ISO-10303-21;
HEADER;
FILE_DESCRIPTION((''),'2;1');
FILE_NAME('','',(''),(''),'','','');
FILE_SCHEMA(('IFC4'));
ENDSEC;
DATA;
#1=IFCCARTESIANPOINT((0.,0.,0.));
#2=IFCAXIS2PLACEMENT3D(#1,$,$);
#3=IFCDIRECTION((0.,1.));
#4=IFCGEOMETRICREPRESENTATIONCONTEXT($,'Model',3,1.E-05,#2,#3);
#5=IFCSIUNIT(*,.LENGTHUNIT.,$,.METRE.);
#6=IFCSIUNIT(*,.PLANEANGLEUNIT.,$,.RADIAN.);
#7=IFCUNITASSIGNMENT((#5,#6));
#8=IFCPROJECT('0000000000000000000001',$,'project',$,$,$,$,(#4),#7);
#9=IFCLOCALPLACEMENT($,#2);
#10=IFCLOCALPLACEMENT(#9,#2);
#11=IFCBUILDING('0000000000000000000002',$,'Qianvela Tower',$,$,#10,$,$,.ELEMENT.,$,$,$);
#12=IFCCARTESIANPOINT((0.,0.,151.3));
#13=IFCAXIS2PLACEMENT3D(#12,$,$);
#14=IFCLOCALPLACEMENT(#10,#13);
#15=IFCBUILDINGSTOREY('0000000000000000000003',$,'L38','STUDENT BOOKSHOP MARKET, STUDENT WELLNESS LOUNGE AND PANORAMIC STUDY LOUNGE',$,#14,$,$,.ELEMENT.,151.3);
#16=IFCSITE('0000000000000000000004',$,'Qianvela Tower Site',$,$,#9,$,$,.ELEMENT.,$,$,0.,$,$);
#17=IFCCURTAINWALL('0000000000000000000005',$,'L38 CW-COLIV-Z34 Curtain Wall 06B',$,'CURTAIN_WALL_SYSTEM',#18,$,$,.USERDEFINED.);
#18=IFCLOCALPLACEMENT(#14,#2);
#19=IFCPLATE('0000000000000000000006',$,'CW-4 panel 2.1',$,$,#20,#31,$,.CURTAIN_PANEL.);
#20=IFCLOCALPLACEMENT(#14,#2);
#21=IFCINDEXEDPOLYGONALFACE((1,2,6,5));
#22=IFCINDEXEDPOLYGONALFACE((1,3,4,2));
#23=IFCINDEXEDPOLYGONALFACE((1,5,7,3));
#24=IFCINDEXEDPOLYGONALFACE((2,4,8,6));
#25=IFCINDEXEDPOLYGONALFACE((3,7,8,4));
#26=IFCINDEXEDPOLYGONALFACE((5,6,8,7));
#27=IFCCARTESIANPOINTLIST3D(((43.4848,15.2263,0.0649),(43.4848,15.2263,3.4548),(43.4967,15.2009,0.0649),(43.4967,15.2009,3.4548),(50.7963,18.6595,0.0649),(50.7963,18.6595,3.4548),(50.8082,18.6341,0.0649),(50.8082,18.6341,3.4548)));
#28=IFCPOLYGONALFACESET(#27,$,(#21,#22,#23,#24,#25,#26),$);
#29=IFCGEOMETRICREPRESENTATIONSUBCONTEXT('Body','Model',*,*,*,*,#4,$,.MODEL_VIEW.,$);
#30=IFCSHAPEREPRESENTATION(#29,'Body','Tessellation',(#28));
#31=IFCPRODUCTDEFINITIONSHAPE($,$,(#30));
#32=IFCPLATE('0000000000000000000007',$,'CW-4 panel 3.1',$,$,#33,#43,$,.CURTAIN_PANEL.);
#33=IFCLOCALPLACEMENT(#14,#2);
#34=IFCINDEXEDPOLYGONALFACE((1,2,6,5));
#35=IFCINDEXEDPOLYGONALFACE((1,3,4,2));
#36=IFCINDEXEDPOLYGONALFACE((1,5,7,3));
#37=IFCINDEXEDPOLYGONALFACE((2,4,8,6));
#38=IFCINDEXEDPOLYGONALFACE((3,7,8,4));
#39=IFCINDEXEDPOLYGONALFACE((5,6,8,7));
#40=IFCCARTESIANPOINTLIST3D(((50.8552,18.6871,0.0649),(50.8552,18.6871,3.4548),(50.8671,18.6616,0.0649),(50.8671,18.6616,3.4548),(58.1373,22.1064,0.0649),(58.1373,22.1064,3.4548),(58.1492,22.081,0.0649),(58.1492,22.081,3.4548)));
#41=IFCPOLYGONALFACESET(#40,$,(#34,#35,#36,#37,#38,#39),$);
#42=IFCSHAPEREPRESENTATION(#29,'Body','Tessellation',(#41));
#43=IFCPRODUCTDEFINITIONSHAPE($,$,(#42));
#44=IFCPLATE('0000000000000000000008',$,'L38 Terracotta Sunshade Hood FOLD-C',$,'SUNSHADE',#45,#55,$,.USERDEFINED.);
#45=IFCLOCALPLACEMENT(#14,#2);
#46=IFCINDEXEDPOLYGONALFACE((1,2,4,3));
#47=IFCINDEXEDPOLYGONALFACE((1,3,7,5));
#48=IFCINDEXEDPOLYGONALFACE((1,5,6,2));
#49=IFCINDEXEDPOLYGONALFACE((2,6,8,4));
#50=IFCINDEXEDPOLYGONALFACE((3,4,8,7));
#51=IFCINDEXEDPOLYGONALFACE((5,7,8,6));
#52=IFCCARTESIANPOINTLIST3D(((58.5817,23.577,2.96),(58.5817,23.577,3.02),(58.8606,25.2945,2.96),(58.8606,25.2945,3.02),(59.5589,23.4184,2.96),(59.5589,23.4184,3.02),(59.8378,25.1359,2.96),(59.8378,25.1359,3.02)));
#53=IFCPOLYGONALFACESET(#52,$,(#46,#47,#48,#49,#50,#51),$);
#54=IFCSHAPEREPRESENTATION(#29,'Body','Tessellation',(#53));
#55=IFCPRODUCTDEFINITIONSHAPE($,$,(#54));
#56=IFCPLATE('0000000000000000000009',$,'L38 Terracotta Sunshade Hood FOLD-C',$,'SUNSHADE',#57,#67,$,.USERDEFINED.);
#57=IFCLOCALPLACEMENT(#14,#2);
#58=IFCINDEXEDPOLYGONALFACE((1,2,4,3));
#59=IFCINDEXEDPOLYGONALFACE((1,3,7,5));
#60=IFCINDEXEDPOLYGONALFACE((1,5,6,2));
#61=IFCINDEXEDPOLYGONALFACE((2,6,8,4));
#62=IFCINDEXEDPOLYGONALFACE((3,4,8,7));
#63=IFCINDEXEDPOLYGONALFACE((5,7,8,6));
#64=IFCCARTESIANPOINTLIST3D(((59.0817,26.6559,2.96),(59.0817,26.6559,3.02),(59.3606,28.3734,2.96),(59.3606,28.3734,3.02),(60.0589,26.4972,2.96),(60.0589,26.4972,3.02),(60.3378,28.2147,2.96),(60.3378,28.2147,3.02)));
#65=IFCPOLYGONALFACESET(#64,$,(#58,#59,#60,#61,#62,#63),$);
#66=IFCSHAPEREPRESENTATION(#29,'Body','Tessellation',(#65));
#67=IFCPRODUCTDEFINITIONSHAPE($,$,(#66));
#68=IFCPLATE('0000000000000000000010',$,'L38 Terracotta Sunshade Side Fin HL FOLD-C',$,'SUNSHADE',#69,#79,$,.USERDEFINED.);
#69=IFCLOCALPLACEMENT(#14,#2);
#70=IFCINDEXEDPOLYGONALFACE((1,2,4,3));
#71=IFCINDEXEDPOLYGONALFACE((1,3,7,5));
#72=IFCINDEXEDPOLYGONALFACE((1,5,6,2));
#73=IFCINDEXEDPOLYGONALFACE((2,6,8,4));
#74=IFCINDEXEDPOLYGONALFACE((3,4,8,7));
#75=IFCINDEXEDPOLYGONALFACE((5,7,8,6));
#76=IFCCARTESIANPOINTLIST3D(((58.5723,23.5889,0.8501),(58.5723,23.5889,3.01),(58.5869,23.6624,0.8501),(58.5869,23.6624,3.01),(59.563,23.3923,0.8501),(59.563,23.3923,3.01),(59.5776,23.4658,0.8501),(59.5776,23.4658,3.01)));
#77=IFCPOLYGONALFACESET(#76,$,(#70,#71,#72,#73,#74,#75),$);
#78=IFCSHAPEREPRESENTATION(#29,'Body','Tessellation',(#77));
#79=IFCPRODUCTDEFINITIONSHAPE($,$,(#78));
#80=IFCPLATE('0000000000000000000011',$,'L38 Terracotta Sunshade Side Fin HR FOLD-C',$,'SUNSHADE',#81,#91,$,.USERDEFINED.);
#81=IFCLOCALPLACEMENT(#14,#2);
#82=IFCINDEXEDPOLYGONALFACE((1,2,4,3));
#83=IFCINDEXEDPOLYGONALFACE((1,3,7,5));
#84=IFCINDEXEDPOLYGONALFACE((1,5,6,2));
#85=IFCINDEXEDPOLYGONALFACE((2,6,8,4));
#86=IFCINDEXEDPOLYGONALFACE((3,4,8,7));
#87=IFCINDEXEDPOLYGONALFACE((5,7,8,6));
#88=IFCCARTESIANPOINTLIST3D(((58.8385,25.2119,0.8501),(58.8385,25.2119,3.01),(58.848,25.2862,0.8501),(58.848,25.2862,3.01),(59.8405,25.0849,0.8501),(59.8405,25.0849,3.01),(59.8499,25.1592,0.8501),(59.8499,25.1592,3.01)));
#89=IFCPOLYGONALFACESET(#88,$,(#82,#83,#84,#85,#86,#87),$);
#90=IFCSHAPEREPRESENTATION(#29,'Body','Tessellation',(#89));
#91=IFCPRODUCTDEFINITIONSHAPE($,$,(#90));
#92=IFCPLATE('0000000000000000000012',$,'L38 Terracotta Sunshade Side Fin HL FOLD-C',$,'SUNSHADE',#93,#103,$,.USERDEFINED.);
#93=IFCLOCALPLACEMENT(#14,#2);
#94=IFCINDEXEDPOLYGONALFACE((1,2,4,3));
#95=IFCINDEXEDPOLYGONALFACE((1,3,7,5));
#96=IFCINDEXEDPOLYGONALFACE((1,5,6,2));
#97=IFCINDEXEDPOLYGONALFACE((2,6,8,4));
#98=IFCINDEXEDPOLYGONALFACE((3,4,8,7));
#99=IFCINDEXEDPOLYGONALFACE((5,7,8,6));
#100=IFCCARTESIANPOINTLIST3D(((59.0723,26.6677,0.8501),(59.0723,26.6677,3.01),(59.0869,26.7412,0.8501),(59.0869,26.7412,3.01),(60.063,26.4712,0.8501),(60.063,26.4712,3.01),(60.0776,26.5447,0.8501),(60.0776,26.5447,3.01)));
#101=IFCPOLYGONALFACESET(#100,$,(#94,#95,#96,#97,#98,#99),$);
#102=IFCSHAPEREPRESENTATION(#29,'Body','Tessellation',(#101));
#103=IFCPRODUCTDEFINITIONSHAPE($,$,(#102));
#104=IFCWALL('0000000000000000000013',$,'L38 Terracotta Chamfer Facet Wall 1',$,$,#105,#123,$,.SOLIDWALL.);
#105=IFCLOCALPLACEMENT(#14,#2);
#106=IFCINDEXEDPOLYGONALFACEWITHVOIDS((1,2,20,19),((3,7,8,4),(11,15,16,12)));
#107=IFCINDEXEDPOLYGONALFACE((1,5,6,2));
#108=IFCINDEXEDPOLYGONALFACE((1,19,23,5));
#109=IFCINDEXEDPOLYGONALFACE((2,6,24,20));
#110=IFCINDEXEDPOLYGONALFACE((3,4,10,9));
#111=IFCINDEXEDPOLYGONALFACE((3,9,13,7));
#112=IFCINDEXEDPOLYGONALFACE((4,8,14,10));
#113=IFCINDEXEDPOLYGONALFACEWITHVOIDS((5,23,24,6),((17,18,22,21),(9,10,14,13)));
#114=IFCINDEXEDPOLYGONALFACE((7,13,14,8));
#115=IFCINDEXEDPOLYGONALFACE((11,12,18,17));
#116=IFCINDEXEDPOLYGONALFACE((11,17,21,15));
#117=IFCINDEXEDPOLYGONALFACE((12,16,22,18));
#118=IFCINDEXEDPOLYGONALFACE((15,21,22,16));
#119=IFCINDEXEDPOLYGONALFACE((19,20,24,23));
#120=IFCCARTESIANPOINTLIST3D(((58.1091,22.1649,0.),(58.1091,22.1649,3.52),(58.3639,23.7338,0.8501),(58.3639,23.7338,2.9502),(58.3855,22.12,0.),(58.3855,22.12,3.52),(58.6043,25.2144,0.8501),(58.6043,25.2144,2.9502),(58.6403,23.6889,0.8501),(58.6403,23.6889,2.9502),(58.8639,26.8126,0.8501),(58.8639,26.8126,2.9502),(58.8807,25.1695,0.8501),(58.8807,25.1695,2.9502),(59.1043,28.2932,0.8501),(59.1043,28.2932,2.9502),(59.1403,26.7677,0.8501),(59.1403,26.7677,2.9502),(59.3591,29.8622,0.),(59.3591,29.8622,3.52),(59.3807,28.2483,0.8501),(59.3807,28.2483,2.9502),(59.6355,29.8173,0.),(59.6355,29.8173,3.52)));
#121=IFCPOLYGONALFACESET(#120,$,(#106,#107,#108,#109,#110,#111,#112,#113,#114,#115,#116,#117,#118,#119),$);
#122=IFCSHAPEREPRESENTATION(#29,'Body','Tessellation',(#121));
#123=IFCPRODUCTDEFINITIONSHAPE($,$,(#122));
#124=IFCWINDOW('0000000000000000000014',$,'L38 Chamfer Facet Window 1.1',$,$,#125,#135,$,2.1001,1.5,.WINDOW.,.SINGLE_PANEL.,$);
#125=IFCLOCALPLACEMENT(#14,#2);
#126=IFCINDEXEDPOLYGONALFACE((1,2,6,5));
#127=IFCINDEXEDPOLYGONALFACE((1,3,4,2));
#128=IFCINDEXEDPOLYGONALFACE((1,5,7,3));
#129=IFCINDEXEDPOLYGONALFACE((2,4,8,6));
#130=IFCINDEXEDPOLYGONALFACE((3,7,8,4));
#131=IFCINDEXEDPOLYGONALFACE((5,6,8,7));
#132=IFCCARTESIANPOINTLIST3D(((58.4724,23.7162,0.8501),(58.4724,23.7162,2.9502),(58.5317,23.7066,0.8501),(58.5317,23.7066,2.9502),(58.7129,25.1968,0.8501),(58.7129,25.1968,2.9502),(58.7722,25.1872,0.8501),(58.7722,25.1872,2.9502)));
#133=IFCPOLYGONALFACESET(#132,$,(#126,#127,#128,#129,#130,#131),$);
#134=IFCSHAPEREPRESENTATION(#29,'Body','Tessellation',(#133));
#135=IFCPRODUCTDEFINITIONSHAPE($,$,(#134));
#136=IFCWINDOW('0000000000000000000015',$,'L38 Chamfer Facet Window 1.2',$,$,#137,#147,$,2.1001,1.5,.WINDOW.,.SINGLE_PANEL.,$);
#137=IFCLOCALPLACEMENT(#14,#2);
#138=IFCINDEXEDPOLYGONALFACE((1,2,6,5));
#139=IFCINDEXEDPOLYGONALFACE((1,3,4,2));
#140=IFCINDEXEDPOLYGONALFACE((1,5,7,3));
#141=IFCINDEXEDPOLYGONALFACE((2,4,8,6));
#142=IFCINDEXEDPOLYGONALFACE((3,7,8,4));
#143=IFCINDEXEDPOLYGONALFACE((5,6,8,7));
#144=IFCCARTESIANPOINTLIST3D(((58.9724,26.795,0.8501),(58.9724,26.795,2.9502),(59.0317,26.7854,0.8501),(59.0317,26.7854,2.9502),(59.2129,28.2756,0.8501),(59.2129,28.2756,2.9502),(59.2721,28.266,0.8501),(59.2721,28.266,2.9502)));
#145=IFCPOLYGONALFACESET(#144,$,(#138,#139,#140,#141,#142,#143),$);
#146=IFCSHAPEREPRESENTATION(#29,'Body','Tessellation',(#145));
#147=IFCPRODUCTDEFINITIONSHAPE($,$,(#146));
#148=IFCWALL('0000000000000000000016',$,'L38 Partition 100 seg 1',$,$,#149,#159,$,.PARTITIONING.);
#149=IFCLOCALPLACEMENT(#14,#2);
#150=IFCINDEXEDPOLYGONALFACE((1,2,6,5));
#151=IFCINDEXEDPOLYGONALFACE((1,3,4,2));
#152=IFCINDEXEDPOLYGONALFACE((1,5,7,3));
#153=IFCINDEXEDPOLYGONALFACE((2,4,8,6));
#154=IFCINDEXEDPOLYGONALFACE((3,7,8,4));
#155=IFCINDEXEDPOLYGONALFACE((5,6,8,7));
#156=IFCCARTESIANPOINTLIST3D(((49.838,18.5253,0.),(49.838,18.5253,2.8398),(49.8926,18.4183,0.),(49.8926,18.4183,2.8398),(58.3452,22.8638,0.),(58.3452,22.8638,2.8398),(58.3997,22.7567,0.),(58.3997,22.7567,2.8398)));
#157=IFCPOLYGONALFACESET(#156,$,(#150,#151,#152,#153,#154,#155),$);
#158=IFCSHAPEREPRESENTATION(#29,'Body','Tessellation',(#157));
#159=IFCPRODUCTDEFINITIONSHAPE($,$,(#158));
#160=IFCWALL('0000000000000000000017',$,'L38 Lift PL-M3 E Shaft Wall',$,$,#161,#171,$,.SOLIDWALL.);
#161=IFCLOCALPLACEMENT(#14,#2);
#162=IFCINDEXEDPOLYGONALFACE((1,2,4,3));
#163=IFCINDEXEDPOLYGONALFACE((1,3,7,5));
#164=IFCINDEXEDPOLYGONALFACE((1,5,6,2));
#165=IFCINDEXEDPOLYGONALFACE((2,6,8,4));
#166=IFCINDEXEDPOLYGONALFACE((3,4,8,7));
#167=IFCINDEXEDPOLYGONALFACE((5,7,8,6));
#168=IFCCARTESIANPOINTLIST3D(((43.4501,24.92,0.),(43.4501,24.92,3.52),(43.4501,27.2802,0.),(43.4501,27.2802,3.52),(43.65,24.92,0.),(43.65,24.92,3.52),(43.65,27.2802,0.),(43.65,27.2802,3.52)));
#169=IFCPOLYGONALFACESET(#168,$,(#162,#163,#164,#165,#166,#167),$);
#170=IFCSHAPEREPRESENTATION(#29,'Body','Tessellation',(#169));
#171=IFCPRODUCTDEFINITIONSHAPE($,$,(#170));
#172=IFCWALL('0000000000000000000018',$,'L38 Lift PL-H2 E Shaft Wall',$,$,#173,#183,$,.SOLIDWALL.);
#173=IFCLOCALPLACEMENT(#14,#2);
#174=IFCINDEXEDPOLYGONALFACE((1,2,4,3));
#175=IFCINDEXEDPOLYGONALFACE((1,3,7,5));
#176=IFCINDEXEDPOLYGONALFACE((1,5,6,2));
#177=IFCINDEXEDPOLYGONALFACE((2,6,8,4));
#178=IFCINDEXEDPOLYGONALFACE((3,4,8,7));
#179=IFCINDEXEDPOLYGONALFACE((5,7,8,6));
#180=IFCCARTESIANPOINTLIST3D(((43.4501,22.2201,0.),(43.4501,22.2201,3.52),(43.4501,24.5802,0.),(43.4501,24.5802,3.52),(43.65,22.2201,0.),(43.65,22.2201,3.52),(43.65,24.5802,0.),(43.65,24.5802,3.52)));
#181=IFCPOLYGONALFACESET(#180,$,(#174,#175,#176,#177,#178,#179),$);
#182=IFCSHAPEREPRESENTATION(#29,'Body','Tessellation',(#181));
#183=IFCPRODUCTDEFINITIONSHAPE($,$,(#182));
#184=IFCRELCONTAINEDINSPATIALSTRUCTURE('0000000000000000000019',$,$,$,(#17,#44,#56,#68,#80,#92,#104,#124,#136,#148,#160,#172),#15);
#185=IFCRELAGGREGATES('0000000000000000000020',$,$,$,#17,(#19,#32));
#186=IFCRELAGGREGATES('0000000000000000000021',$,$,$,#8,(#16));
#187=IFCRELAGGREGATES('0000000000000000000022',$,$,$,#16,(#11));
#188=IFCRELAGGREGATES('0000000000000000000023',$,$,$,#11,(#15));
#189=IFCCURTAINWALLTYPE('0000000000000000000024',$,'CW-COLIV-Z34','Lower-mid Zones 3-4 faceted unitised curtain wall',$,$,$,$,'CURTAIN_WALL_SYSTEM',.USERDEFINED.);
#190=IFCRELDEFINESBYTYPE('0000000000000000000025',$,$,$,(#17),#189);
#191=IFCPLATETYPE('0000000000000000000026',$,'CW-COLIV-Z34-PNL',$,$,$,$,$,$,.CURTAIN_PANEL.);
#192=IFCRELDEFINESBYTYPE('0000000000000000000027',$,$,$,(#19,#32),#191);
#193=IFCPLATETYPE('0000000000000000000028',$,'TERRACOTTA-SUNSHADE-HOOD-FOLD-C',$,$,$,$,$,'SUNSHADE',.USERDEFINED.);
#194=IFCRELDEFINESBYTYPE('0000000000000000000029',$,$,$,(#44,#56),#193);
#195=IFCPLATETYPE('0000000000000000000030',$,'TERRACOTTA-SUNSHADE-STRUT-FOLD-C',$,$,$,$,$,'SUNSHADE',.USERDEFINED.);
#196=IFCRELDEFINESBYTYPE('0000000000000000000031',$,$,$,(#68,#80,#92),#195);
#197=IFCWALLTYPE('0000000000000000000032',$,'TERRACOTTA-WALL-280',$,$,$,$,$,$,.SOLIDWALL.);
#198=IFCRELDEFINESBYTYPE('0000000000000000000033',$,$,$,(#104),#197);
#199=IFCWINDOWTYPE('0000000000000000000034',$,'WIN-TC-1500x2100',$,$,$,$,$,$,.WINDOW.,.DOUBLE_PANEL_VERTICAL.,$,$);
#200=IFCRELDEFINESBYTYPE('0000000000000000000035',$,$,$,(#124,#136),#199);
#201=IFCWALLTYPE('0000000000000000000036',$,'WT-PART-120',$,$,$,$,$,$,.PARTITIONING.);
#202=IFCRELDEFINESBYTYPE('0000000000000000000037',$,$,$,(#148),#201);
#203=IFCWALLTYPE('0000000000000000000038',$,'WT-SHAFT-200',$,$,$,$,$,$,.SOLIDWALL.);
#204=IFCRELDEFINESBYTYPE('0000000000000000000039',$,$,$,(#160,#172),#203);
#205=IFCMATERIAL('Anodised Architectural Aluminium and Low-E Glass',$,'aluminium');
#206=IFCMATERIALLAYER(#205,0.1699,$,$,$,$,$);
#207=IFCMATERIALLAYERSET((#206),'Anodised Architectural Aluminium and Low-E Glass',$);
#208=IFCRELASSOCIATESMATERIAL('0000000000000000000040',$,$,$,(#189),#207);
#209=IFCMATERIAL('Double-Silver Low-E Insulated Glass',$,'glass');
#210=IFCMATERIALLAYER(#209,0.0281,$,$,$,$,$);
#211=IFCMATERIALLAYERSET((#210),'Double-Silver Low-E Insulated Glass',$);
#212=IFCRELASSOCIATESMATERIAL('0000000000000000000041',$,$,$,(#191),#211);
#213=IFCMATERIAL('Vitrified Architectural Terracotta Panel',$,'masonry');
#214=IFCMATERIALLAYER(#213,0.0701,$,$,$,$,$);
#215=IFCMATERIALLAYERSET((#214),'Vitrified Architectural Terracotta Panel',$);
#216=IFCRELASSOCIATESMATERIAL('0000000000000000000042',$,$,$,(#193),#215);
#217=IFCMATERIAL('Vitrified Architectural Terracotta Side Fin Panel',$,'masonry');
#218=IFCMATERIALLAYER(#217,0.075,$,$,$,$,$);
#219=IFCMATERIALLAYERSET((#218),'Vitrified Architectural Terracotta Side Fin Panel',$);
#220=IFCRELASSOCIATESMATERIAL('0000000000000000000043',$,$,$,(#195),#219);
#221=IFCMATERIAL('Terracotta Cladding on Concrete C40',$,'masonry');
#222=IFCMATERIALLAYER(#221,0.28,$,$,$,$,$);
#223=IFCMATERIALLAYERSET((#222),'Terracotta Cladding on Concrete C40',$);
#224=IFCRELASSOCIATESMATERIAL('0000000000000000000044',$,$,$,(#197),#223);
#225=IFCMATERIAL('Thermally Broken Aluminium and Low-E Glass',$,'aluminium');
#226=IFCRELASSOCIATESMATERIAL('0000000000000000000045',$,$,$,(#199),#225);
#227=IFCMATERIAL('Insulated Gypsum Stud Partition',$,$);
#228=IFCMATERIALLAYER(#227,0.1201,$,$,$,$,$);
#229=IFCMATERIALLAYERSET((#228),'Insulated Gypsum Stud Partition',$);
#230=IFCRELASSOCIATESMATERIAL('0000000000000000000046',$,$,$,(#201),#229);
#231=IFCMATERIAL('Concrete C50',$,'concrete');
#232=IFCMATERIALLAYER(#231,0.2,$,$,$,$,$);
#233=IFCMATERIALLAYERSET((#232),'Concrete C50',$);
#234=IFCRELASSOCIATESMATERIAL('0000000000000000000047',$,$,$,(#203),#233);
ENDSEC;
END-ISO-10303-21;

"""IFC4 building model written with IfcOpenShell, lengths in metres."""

from ifc_helpers import new_model, si_unit, direction, frame, frame_2d, origin, origin_2d, place, context, subcontext, project, spatial, rectangle, extrude, material, layer, layer_set, type_object, element, fill, aggregate, save


model = new_model("IFC4")

# Units and contexts
model_context = context("Model", 3, precision=1e-05, world=origin(), true_north=direction((0.0, 1.0)))
body_context = subcontext(model_context, "Body", "Model", "MODEL_VIEW")
ifc_project = project(units=[si_unit("LENGTHUNIT", "METRE"), si_unit("PLANEANGLEUNIT", "RADIAN")], contexts=[model_context])

# Site, building, storey
site_placement = place(None, origin())
site = spatial("IfcSite", under=ifc_project, at=site_placement, Name="Qianvela Tower Site", CompositionType="ELEMENT", RefElevation=0.0)
building_placement = place(site_placement, origin())
building = spatial("IfcBuilding", under=site, at=building_placement, Name="Qianvela Tower", CompositionType="ELEMENT")
storey_placement = place(building_placement, frame((0.0, 0.0, 151.3)))
storey = spatial("IfcBuildingStorey", under=building, at=storey_placement, Name="L38", Description="STUDENT BOOKSHOP MARKET, STUDENT WELLNESS LOUNGE AND PANORAMIC STUDY LOUNGE", CompositionType="ELEMENT", Elevation=151.3)

# Curtain wall, plates
ifc_material_1 = material(Name="Anodised Architectural Aluminium and Low-E Glass", Category="aluminium")
ifc_layer_1 = layer(ifc_material_1, 0.1699)
ifc_layer_set_1 = layer_set([ifc_layer_1], Name="Anodised Architectural Aluminium and Low-E Glass")
curtain_wall_type = type_object("IfcCurtainWallType", Name="CW-COLIV-Z34", Description="Lower-mid Zones 3-4 faceted unitised curtain wall", ElementType="CURTAIN_WALL_SYSTEM", PredefinedType="USERDEFINED", material=ifc_layer_set_1)
curtain_wall_placement = place(storey_placement, origin())
curtain_wall = element("IfcCurtainWall", 1, at=curtain_wall_placement, inside=storey, type_object=curtain_wall_type, Name="L38 CW-COLIV-Z34 Curtain Wall 06B", ObjectType="CURTAIN_WALL_SYSTEM", PredefinedType="USERDEFINED")
ifc_material_2 = material(Name="Double-Silver Low-E Insulated Glass", Category="glass")
ifc_layer_2 = layer(ifc_material_2, 0.0281)
ifc_layer_set_2 = layer_set([ifc_layer_2], Name="Double-Silver Low-E Insulated Glass")
plate_type_1 = type_object("IfcPlateType", Name="CW-COLIV-Z34-PNL", PredefinedType="CURTAIN_PANEL", material=ifc_layer_set_2)
plate_1_placement = place(storey_placement, frame((47.1465, 16.9302, 0.0649), z_axis=(0.0, 0.0, 1.0), x_axis=(0.905177, 0.425035, 0.0)))
plate_1 = element("IfcPlate", 2, at=plate_1_placement, type_object=plate_type_1, Name="CW-4 panel 2.1", PredefinedType="CURTAIN_PANEL", context=body_context, shape_type="SweptSolid", body=[
    extrude(rectangle(XDim=8.0774, YDim=0.0281, at=origin_2d()), origin(), (0.0, 0.0, 1.0), 3.3899),
])
plate_2_placement = place(storey_placement, frame((54.5022, 20.384, 0.0649), z_axis=(0.0, 0.0, 1.0), x_axis=(0.905177, 0.425035, 0.0)))
plate_2 = element("IfcPlate", 3, at=plate_2_placement, type_object=plate_type_1, Name="CW-4 panel 3.1", PredefinedType="CURTAIN_PANEL", context=body_context, shape_type="SweptSolid", body=[
    extrude(rectangle(XDim=8.0449, YDim=0.0281, at=origin_2d()), origin(), (0.0, 0.0, 1.0), 3.3899),
])
aggregate(curtain_wall, [plate_1, plate_2])

# Plates
ifc_material_3 = material(Name="Vitrified Architectural Terracotta Panel", Category="masonry")
ifc_layer_3 = layer(ifc_material_3, 0.0701)
ifc_layer_set_3 = layer_set([ifc_layer_3], Name="Vitrified Architectural Terracotta Panel")
plate_type_2 = type_object("IfcPlateType", Name="TERRACOTTA-SUNSHADE-HOOD-FOLD-C", ElementType="SUNSHADE", PredefinedType="USERDEFINED", material=ifc_layer_set_3)
for number, where, z_axis, x_axis, name in (
    (4, (59.2097, 24.3564, 2.96), (0.0, 0.0, 1.0), (0.160274, 0.987073, 0.0), "L38 Terracotta Sunshade Hood FOLD-C"),
    (5, (59.7097, 27.4353, 2.96), (0.0, 0.0, 1.0), (0.160274, 0.987073, 0.0), "L38 Terracotta Sunshade Hood FOLD-C"),
):
    element("IfcPlate", number, at=place(storey_placement, frame(where, z_axis=z_axis, x_axis=x_axis)), inside=storey, type_object=plate_type_2, Name=name, ObjectType="SUNSHADE", PredefinedType="USERDEFINED", context=body_context, shape_type="SweptSolid", body=[
        extrude(rectangle(XDim=1.74, YDim=0.99, at=origin_2d()), origin(), (0.0, 0.0, 1.0), 0.0601),
    ])
ifc_material_4 = material(Name="Vitrified Architectural Terracotta Side Fin Panel", Category="masonry")
ifc_layer_4 = layer(ifc_material_4, 0.075)
ifc_layer_set_4 = layer_set([ifc_layer_4], Name="Vitrified Architectural Terracotta Side Fin Panel")
plate_type_3 = type_object("IfcPlateType", Name="TERRACOTTA-SUNSHADE-STRUT-FOLD-C", ElementType="SUNSHADE", PredefinedType="USERDEFINED", material=ifc_layer_set_4)
for number, where, z_axis, x_axis, name in (
    (6, (59.075, 23.5273, 0.8501), (0.0, 0.0, 1.0), (0.194625, 0.980878, 0.0), "L38 Terracotta Sunshade Side Fin HL FOLD-C"),
    (7, (59.3442, 25.1855, 0.8501), (0.0, 0.0, 1.0), (0.125728, 0.992065, 0.0), "L38 Terracotta Sunshade Side Fin HR FOLD-C"),
    (8, (59.575, 26.6062, 0.8501), (0.0, 0.0, 1.0), (0.194625, 0.980878, 0.0), "L38 Terracotta Sunshade Side Fin HL FOLD-C"),
):
    element("IfcPlate", number, at=place(storey_placement, frame(where, z_axis=z_axis, x_axis=x_axis)), inside=storey, type_object=plate_type_3, Name=name, ObjectType="SUNSHADE", PredefinedType="USERDEFINED", context=body_context, shape_type="SweptSolid", body=[
        extrude(rectangle(XDim=0.075, YDim=1.01, at=origin_2d()), origin(), (0.0, 0.0, 1.0), 2.1599),
    ])

# Wall, openings, windows
ifc_material_5 = material(Name="Terracotta Cladding on Concrete C40", Category="masonry")
ifc_layer_5 = layer(ifc_material_5, 0.28)
ifc_layer_set_5 = layer_set([ifc_layer_5], Name="Terracotta Cladding on Concrete C40")
wall_type_1 = type_object("IfcWallType", Name="TERRACOTTA-WALL-280", PredefinedType="SOLIDWALL", material=ifc_layer_set_5)
wall_1_placement = place(storey_placement, frame((58.2473, 22.1426, 0.0), z_axis=(0.0, 0.0, 1.0), x_axis=(0.160295, 0.987069, 0.0)))
wall_1 = element("IfcWall", 9, at=wall_1_placement, inside=storey, type_object=wall_type_1, Name="L38 Terracotta Chamfer Facet Wall 1", PredefinedType="SOLIDWALL", context=body_context, shape_type="SweptSolid", body=[
    extrude(rectangle(XDim=7.7981, YDim=0.28, at=frame_2d((3.8989, 0.0))), origin(), (0.0, 0.0, 1.0), 3.52),
])
opening_1_placement = place(wall_1_placement, frame((1.5894, 0.0, 0.8501)))
opening_1 = element("IfcOpeningElement", 10, at=opening_1_placement, cuts=wall_1, PredefinedType="OPENING", context=body_context, shape_type="SweptSolid", body=[
    extrude(rectangle(XDim=1.5, YDim=2.1001, at=frame_2d((0.75, 1.05))), frame((0.0, 0.1499, 0.0), z_axis=(0.0, -1.0, 0.0), x_axis=(1.0, 0.0, 0.0)), (0.0, 0.0, 1.0), 0.3),
])
opening_2_placement = place(wall_1_placement, frame((4.7085, 0.0, 0.8501)))
opening_2 = element("IfcOpeningElement", 11, at=opening_2_placement, cuts=wall_1, PredefinedType="OPENING", context=body_context, shape_type="SweptSolid", body=[
    extrude(rectangle(XDim=1.5, YDim=2.1001, at=frame_2d((0.75, 1.05))), frame((0.0, 0.1499, 0.0), z_axis=(0.0, -1.0, 0.0), x_axis=(1.0, 0.0, 0.0)), (0.0, 0.0, 1.0), 0.3),
])
ifc_material_6 = material(Name="Thermally Broken Aluminium and Low-E Glass", Category="aluminium")
window_type = type_object("IfcWindowType", Name="WIN-TC-1500x2100", PartitioningType="DOUBLE_PANEL_VERTICAL", PredefinedType="WINDOW", material=ifc_material_6)
window_1_placement = place(opening_1_placement, origin())
window_1 = element("IfcWindow", 12, at=window_1_placement, inside=storey, type_object=window_type, Name="L38 Chamfer Facet Window 1.1", OverallHeight=2.1001, OverallWidth=1.5, PartitioningType="SINGLE_PANEL", PredefinedType="WINDOW", context=body_context, shape_type="SweptSolid", body=[
    extrude(rectangle(XDim=1.5, YDim=2.1001, at=frame_2d((0.75, 1.05))), frame((0.0, 0.03, 0.0), z_axis=(0.0, -1.0, 0.0), x_axis=(1.0, 0.0, 0.0)), (0.0, 0.0, 1.0), 0.0601),
])
fill(opening_1, window_1)
window_2_placement = place(opening_2_placement, origin())
window_2 = element("IfcWindow", 13, at=window_2_placement, inside=storey, type_object=window_type, Name="L38 Chamfer Facet Window 1.2", OverallHeight=2.1001, OverallWidth=1.5, PartitioningType="SINGLE_PANEL", PredefinedType="WINDOW", context=body_context, shape_type="SweptSolid", body=[
    extrude(rectangle(XDim=1.5, YDim=2.1001, at=frame_2d((0.75, 1.05))), frame((0.0, 0.03, 0.0), z_axis=(0.0, -1.0, 0.0), x_axis=(1.0, 0.0, 0.0)), (0.0, 0.0, 1.0), 0.0601),
])
fill(opening_2, window_2)

# Walls
ifc_material_7 = material(Name="Insulated Gypsum Stud Partition")
ifc_layer_6 = layer(ifc_material_7, 0.1201)
ifc_layer_set_6 = layer_set([ifc_layer_6], Name="Insulated Gypsum Stud Partition")
wall_type_2 = type_object("IfcWallType", Name="WT-PART-120", PredefinedType="PARTITIONING", material=ifc_layer_set_6)
wall_2_placement = place(storey_placement, frame((58.3726, 22.8103, 0.0), z_axis=(0.0, 0.0, 1.0), x_axis=(-0.890845, -0.454307, 0.0)))
element("IfcWall", 14, at=wall_2_placement, inside=storey, type_object=wall_type_2, Name="L38 Partition 100 seg 1", PredefinedType="PARTITIONING", context=body_context, shape_type="SweptSolid", body=[
    extrude(rectangle(XDim=9.5496, YDim=0.1201, at=frame_2d((4.7749, 0.0))), origin(), (0.0, 0.0, 1.0), 2.8398),
])
ifc_material_8 = material(Name="Concrete C50", Category="concrete")
ifc_layer_7 = layer(ifc_material_8, 0.2)
ifc_layer_set_7 = layer_set([ifc_layer_7], Name="Concrete C50")
wall_type_3 = type_object("IfcWallType", Name="WT-SHAFT-200", PredefinedType="SOLIDWALL", material=ifc_layer_set_7)
for number, where, z_axis, x_axis, name in (
    (15, (43.55, 24.9199, 0.0), (0.0, 0.0, 1.0), (0.0, 1.0, 0.0), "L38 Lift PL-M3 E Shaft Wall"),
    (16, (43.55, 22.22, 0.0), (0.0, 0.0, 1.0), (0.0, 1.0, 0.0), "L38 Lift PL-H2 E Shaft Wall"),
):
    element("IfcWall", number, at=place(storey_placement, frame(where, z_axis=z_axis, x_axis=x_axis)), inside=storey, type_object=wall_type_3, Name=name, PredefinedType="SOLIDWALL", context=body_context, shape_type="SweptSolid", body=[
        extrude(rectangle(XDim=2.3601, YDim=0.2, at=frame_2d((1.1802, 0.0))), origin(), (0.0, 0.0, 1.0), 3.52),
    ])

save(model, "model.ifc")
